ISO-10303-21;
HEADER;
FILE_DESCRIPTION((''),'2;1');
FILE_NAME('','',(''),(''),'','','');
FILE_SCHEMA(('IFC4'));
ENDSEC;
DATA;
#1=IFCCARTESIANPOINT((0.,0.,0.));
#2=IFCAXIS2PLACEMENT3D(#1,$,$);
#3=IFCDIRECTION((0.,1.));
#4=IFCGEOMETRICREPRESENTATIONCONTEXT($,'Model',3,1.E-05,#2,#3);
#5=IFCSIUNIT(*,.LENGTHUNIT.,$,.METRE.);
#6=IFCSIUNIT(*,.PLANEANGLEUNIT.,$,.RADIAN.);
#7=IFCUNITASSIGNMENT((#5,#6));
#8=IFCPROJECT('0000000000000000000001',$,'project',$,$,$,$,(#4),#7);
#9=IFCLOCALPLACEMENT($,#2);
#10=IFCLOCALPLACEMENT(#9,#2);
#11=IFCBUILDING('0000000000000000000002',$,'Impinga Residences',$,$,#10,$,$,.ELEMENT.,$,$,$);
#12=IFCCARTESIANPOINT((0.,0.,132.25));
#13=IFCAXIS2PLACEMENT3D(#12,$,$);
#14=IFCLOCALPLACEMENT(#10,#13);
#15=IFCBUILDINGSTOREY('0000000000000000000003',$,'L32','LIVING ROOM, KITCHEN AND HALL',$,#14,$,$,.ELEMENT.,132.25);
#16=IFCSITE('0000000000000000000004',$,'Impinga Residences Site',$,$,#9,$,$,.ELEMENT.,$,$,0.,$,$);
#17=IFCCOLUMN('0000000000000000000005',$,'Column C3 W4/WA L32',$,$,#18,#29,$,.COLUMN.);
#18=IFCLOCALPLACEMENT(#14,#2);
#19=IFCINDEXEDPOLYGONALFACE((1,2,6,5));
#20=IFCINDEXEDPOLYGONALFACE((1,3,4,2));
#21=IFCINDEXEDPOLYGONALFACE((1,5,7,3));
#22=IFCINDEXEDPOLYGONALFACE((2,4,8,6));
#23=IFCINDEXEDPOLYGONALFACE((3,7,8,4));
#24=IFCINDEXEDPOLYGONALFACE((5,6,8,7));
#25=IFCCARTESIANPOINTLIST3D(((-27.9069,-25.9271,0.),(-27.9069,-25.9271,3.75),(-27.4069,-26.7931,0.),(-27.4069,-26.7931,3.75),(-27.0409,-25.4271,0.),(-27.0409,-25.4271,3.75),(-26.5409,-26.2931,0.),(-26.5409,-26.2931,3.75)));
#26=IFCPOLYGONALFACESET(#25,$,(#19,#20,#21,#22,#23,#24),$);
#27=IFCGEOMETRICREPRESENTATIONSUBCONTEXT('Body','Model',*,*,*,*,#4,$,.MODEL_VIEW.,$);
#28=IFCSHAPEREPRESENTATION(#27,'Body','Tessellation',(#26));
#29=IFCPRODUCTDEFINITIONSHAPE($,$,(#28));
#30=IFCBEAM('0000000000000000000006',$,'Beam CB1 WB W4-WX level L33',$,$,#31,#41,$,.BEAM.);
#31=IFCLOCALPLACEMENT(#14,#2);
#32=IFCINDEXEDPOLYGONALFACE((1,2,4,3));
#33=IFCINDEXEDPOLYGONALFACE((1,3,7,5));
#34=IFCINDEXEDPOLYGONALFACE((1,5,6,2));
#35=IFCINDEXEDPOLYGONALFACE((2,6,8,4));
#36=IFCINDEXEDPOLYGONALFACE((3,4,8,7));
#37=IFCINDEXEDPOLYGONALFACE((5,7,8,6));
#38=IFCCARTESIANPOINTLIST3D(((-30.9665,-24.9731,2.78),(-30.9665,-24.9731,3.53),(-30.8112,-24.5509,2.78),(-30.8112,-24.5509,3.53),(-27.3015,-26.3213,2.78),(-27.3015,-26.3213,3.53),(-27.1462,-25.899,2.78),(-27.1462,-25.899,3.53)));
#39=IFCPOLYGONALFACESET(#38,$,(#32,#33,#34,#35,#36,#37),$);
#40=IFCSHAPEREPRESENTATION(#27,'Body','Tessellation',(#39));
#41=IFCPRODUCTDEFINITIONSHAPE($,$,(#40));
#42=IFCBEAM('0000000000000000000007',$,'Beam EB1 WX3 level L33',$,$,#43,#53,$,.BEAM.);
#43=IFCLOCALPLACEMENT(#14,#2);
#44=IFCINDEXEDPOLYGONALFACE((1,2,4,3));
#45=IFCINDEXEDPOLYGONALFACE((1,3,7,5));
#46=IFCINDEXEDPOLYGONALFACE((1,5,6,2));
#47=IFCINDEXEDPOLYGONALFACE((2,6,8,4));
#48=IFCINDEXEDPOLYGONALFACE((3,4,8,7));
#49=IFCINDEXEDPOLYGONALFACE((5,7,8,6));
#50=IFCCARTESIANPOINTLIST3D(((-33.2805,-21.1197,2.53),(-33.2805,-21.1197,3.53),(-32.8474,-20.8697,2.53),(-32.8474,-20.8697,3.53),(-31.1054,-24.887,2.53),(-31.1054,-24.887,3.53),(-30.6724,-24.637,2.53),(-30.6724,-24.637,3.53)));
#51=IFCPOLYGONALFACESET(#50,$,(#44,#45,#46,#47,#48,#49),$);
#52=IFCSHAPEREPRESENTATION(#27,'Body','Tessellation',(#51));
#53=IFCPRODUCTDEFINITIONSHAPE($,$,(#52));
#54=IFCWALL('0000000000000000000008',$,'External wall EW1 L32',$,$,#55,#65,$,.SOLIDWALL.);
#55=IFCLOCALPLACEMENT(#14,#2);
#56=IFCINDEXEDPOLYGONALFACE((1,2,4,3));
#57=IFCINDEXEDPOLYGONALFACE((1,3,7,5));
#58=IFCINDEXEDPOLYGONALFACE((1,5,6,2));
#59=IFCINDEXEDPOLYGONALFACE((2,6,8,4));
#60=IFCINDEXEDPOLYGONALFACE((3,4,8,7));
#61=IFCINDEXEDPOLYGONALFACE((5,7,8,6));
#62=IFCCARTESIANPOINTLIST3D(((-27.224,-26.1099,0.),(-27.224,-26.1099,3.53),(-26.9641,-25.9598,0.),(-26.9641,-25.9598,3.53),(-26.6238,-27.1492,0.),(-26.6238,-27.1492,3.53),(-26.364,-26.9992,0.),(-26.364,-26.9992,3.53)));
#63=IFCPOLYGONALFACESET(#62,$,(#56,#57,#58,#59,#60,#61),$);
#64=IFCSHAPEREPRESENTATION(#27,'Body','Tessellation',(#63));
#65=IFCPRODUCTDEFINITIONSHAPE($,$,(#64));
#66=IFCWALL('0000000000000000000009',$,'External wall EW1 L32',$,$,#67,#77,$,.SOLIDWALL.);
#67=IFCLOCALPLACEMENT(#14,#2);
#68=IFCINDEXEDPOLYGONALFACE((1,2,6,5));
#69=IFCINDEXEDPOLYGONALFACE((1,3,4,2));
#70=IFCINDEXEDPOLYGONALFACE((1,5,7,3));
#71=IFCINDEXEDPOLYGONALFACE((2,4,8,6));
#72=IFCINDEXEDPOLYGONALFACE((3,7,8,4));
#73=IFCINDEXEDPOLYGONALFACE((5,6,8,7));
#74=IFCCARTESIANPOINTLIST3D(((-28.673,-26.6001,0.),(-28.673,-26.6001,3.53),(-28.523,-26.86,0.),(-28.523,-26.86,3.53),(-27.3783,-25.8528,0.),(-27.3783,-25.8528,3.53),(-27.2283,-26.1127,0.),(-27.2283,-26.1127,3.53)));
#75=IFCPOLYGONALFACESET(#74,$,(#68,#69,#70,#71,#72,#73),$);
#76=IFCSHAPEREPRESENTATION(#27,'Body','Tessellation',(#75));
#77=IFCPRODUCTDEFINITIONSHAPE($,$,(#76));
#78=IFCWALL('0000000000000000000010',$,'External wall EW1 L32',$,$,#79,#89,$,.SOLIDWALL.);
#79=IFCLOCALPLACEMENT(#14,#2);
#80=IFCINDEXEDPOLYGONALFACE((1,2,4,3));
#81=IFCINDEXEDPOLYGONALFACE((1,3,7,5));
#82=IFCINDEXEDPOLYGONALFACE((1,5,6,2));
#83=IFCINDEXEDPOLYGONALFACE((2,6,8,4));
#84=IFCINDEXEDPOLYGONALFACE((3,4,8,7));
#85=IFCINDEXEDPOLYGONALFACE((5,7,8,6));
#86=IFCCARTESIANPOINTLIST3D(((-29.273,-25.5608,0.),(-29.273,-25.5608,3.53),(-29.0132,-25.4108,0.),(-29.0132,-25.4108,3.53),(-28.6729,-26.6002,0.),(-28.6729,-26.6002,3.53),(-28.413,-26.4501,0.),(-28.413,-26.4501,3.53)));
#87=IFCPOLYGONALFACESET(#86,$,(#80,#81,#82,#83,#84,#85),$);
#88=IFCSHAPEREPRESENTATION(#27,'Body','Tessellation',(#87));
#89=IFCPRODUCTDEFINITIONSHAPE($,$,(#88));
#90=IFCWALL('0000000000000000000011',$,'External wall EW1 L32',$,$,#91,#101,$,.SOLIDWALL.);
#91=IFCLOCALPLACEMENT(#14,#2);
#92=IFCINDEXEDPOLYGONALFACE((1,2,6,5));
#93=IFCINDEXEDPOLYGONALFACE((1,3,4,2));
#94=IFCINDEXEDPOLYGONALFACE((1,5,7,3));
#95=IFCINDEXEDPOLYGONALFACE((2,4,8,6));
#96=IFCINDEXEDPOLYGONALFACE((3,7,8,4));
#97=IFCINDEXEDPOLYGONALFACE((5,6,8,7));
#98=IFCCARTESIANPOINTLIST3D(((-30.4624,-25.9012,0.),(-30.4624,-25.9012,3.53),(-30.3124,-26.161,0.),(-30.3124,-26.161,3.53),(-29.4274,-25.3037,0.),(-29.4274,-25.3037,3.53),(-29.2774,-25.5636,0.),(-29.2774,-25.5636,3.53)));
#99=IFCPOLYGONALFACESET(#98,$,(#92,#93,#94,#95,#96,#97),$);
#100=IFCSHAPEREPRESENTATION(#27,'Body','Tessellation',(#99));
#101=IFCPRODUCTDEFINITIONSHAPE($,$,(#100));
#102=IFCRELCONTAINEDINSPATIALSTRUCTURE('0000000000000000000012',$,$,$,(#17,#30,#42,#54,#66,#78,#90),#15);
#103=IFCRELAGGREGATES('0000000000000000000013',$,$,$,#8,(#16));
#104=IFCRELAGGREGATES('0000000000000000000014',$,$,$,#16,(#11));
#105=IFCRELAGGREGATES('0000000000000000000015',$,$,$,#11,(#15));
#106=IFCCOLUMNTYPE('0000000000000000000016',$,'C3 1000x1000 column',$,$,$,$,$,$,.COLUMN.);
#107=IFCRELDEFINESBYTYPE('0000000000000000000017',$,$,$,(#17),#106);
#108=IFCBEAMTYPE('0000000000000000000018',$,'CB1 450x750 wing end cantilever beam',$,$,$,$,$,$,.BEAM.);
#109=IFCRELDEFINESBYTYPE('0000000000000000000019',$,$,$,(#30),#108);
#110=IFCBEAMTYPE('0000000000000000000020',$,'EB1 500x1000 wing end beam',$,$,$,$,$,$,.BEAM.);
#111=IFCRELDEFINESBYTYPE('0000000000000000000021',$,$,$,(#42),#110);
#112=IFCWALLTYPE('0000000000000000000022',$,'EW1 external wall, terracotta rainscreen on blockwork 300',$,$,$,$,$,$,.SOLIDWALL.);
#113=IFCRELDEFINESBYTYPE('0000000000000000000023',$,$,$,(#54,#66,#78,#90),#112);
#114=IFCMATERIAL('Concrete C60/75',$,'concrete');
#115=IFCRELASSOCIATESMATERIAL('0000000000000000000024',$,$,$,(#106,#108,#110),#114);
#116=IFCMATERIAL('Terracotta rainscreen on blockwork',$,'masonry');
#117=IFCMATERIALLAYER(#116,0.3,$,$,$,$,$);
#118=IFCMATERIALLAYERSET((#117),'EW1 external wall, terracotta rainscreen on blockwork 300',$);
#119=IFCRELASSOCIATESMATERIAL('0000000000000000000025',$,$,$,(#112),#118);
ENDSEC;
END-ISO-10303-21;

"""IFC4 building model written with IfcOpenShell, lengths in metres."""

from ifc_helpers import new_model, si_unit, direction, frame, frame_2d, origin, origin_2d, place, context, subcontext, project, spatial, rectangle, extrude, material, layer, layer_set, material_profile, profile_set, type_object, element, save


model = new_model("IFC4")

# Units and contexts
model_context = context("Model", 3, precision=1e-05, world=origin(), true_north=direction((0.0, 1.0)))
body_context = subcontext(model_context, "Body", "Model", "MODEL_VIEW")
ifc_project = project(units=[si_unit("LENGTHUNIT", "METRE"), si_unit("PLANEANGLEUNIT", "RADIAN")], contexts=[model_context])

# Site, building, storey
site_placement = place(None, origin())
site = spatial("IfcSite", under=ifc_project, at=site_placement, Name="Impinga Residences Site", CompositionType="ELEMENT", RefElevation=0.0)
building_placement = place(site_placement, origin())
building = spatial("IfcBuilding", under=site, at=building_placement, Name="Impinga Residences", CompositionType="ELEMENT")
storey_placement = place(building_placement, frame((0.0, 0.0, 132.25)))
storey = spatial("IfcBuildingStorey", under=building, at=storey_placement, Name="L32", Description="LIVING ROOM, KITCHEN AND HALL", CompositionType="ELEMENT", Elevation=132.25)

# Column
ifc_material_1 = material(Name="Concrete C60/75", Category="concrete")
ifc_material_profile_1 = material_profile(ifc_material_1, rectangle(XDim=1.0, YDim=1.0, at=origin_2d()), Name="RC 1000x1000")
ifc_profile_set_1 = profile_set([ifc_material_profile_1], Name="Concrete C60/75")
column_type = type_object("IfcColumnType", Name="C3 1000x1000 column", PredefinedType="COLUMN", material=ifc_profile_set_1)
column_placement = place(storey_placement, frame((-27.2239, -26.1101, 0.0), z_axis=(0.0, 0.0, 1.0), x_axis=(-0.5, 0.866025, 0.0)))
element("IfcColumn", 1, at=column_placement, inside=storey, type_object=column_type, Name="Column C3 W4/WA L32", PredefinedType="COLUMN", context=body_context, shape_type="SweptSolid", body=[
    extrude(rectangle(XDim=1.0, YDim=1.0, at=origin_2d()), origin(), (0.0, 0.0, 1.0), 3.75),
])

# Beams
ifc_material_profile_2 = material_profile(ifc_material_1, rectangle(XDim=0.45, YDim=0.75, at=origin_2d()), Name="RC 450x750")
ifc_profile_set_2 = profile_set([ifc_material_profile_2], Name="Concrete C60/75")
beam_type_1 = type_object("IfcBeamType", Name="CB1 450x750 wing end cantilever beam", PredefinedType="BEAM", material=ifc_profile_set_2)
beam_1_placement = place(storey_placement, frame((-27.2239, -26.1101, 3.155), z_axis=(-0.93852, 0.345224, 0.0), x_axis=(-0.345224, -0.93852, 0.0)))
element("IfcBeam", 2, at=beam_1_placement, inside=storey, type_object=beam_type_1, Name="Beam CB1 WB W4-WX level L33", PredefinedType="BEAM", context=body_context, shape_type="SweptSolid", body=[
    extrude(rectangle(XDim=0.45, YDim=0.75, at=origin_2d()), origin(), (0.0, 0.0, 1.0), 3.905),
])
ifc_material_profile_3 = material_profile(ifc_material_1, rectangle(XDim=0.5, YDim=1.0, at=origin_2d()), Name="RC 500x1000")
ifc_profile_set_3 = profile_set([ifc_material_profile_3], Name="Concrete C60/75")
beam_type_2 = type_object("IfcBeamType", Name="EB1 500x1000 wing end beam", PredefinedType="BEAM", material=ifc_profile_set_3)
beam_2_placement = place(storey_placement, frame((-30.8889, -24.762, 3.03), z_axis=(-0.499996, 0.866028, 0.0), x_axis=(-0.866028, -0.499996, 0.0)))
element("IfcBeam", 3, at=beam_2_placement, inside=storey, type_object=beam_type_2, Name="Beam EB1 WX3 level L33", PredefinedType="BEAM", context=body_context, shape_type="SweptSolid", body=[
    extrude(rectangle(XDim=0.5, YDim=1.0, at=origin_2d()), origin(), (0.0, 0.0, 1.0), 4.3501),
])

# Walls
ifc_material_2 = material(Name="Terracotta rainscreen on blockwork", Category="masonry")
ifc_layer_1 = layer(ifc_material_2, 0.3)
ifc_layer_set_1 = layer_set([ifc_layer_1], Name="EW1 external wall, terracotta rainscreen on blockwork 300")
wall_type_1 = type_object("IfcWallType", Name="EW1 external wall, terracotta rainscreen on blockwork 300", PredefinedType="SOLIDWALL", material=ifc_layer_set_1)
wall_1_placement = place(storey_placement, frame((-26.4939, -27.0742, 0.0), z_axis=(0.0, 0.0, 1.0), x_axis=(-0.500034, 0.866006, 0.0)))
element("IfcWall", 4, at=wall_1_placement, inside=storey, type_object=wall_type_1, Name="External wall EW1 L32", PredefinedType="SOLIDWALL", context=body_context, shape_type="SweptSolid", body=[
    extrude(rectangle(XDim=1.2002, YDim=0.3, at=frame_2d((0.6001, 0.0))), origin(), (0.0, 0.0, 1.0), 3.53),
])
wall_2_placement = place(storey_placement, frame((-27.3032, -25.9827, 0.0), z_axis=(0.0, 0.0, 1.0), x_axis=(-0.866074, -0.499916, 0.0)))
element("IfcWall", 5, at=wall_2_placement, inside=storey, type_object=wall_type_1, Name="External wall EW1 L32", PredefinedType="SOLIDWALL", context=body_context, shape_type="SweptSolid", body=[
    extrude(rectangle(XDim=1.4949, YDim=0.3, at=frame_2d((0.7476, 0.0))), origin(), (0.0, 0.0, 1.0), 3.53),
])
wall_3_placement = place(storey_placement, frame((-28.543, -26.5251, 0.0), z_axis=(0.0, 0.0, 1.0), x_axis=(-0.500034, 0.866006, 0.0)))
element("IfcWall", 6, at=wall_3_placement, inside=storey, type_object=wall_type_1, Name="External wall EW1 L32", PredefinedType="SOLIDWALL", context=body_context, shape_type="SweptSolid", body=[
    extrude(rectangle(XDim=1.2002, YDim=0.3, at=frame_2d((0.6001, 0.0))), origin(), (0.0, 0.0, 1.0), 3.53),
])
wall_4_placement = place(storey_placement, frame((-29.3523, -25.4336, 0.0), z_axis=(0.0, 0.0, 1.0), x_axis=(-0.86606, -0.499941, 0.0)))
element("IfcWall", 7, at=wall_4_placement, inside=storey, type_object=wall_type_1, Name="External wall EW1 L32", PredefinedType="SOLIDWALL", context=body_context, shape_type="SweptSolid", body=[
    extrude(rectangle(XDim=1.1951, YDim=0.3, at=frame_2d((0.5977, 0.0))), origin(), (0.0, 0.0, 1.0), 3.53),
])

save(model, "model.ifc")
